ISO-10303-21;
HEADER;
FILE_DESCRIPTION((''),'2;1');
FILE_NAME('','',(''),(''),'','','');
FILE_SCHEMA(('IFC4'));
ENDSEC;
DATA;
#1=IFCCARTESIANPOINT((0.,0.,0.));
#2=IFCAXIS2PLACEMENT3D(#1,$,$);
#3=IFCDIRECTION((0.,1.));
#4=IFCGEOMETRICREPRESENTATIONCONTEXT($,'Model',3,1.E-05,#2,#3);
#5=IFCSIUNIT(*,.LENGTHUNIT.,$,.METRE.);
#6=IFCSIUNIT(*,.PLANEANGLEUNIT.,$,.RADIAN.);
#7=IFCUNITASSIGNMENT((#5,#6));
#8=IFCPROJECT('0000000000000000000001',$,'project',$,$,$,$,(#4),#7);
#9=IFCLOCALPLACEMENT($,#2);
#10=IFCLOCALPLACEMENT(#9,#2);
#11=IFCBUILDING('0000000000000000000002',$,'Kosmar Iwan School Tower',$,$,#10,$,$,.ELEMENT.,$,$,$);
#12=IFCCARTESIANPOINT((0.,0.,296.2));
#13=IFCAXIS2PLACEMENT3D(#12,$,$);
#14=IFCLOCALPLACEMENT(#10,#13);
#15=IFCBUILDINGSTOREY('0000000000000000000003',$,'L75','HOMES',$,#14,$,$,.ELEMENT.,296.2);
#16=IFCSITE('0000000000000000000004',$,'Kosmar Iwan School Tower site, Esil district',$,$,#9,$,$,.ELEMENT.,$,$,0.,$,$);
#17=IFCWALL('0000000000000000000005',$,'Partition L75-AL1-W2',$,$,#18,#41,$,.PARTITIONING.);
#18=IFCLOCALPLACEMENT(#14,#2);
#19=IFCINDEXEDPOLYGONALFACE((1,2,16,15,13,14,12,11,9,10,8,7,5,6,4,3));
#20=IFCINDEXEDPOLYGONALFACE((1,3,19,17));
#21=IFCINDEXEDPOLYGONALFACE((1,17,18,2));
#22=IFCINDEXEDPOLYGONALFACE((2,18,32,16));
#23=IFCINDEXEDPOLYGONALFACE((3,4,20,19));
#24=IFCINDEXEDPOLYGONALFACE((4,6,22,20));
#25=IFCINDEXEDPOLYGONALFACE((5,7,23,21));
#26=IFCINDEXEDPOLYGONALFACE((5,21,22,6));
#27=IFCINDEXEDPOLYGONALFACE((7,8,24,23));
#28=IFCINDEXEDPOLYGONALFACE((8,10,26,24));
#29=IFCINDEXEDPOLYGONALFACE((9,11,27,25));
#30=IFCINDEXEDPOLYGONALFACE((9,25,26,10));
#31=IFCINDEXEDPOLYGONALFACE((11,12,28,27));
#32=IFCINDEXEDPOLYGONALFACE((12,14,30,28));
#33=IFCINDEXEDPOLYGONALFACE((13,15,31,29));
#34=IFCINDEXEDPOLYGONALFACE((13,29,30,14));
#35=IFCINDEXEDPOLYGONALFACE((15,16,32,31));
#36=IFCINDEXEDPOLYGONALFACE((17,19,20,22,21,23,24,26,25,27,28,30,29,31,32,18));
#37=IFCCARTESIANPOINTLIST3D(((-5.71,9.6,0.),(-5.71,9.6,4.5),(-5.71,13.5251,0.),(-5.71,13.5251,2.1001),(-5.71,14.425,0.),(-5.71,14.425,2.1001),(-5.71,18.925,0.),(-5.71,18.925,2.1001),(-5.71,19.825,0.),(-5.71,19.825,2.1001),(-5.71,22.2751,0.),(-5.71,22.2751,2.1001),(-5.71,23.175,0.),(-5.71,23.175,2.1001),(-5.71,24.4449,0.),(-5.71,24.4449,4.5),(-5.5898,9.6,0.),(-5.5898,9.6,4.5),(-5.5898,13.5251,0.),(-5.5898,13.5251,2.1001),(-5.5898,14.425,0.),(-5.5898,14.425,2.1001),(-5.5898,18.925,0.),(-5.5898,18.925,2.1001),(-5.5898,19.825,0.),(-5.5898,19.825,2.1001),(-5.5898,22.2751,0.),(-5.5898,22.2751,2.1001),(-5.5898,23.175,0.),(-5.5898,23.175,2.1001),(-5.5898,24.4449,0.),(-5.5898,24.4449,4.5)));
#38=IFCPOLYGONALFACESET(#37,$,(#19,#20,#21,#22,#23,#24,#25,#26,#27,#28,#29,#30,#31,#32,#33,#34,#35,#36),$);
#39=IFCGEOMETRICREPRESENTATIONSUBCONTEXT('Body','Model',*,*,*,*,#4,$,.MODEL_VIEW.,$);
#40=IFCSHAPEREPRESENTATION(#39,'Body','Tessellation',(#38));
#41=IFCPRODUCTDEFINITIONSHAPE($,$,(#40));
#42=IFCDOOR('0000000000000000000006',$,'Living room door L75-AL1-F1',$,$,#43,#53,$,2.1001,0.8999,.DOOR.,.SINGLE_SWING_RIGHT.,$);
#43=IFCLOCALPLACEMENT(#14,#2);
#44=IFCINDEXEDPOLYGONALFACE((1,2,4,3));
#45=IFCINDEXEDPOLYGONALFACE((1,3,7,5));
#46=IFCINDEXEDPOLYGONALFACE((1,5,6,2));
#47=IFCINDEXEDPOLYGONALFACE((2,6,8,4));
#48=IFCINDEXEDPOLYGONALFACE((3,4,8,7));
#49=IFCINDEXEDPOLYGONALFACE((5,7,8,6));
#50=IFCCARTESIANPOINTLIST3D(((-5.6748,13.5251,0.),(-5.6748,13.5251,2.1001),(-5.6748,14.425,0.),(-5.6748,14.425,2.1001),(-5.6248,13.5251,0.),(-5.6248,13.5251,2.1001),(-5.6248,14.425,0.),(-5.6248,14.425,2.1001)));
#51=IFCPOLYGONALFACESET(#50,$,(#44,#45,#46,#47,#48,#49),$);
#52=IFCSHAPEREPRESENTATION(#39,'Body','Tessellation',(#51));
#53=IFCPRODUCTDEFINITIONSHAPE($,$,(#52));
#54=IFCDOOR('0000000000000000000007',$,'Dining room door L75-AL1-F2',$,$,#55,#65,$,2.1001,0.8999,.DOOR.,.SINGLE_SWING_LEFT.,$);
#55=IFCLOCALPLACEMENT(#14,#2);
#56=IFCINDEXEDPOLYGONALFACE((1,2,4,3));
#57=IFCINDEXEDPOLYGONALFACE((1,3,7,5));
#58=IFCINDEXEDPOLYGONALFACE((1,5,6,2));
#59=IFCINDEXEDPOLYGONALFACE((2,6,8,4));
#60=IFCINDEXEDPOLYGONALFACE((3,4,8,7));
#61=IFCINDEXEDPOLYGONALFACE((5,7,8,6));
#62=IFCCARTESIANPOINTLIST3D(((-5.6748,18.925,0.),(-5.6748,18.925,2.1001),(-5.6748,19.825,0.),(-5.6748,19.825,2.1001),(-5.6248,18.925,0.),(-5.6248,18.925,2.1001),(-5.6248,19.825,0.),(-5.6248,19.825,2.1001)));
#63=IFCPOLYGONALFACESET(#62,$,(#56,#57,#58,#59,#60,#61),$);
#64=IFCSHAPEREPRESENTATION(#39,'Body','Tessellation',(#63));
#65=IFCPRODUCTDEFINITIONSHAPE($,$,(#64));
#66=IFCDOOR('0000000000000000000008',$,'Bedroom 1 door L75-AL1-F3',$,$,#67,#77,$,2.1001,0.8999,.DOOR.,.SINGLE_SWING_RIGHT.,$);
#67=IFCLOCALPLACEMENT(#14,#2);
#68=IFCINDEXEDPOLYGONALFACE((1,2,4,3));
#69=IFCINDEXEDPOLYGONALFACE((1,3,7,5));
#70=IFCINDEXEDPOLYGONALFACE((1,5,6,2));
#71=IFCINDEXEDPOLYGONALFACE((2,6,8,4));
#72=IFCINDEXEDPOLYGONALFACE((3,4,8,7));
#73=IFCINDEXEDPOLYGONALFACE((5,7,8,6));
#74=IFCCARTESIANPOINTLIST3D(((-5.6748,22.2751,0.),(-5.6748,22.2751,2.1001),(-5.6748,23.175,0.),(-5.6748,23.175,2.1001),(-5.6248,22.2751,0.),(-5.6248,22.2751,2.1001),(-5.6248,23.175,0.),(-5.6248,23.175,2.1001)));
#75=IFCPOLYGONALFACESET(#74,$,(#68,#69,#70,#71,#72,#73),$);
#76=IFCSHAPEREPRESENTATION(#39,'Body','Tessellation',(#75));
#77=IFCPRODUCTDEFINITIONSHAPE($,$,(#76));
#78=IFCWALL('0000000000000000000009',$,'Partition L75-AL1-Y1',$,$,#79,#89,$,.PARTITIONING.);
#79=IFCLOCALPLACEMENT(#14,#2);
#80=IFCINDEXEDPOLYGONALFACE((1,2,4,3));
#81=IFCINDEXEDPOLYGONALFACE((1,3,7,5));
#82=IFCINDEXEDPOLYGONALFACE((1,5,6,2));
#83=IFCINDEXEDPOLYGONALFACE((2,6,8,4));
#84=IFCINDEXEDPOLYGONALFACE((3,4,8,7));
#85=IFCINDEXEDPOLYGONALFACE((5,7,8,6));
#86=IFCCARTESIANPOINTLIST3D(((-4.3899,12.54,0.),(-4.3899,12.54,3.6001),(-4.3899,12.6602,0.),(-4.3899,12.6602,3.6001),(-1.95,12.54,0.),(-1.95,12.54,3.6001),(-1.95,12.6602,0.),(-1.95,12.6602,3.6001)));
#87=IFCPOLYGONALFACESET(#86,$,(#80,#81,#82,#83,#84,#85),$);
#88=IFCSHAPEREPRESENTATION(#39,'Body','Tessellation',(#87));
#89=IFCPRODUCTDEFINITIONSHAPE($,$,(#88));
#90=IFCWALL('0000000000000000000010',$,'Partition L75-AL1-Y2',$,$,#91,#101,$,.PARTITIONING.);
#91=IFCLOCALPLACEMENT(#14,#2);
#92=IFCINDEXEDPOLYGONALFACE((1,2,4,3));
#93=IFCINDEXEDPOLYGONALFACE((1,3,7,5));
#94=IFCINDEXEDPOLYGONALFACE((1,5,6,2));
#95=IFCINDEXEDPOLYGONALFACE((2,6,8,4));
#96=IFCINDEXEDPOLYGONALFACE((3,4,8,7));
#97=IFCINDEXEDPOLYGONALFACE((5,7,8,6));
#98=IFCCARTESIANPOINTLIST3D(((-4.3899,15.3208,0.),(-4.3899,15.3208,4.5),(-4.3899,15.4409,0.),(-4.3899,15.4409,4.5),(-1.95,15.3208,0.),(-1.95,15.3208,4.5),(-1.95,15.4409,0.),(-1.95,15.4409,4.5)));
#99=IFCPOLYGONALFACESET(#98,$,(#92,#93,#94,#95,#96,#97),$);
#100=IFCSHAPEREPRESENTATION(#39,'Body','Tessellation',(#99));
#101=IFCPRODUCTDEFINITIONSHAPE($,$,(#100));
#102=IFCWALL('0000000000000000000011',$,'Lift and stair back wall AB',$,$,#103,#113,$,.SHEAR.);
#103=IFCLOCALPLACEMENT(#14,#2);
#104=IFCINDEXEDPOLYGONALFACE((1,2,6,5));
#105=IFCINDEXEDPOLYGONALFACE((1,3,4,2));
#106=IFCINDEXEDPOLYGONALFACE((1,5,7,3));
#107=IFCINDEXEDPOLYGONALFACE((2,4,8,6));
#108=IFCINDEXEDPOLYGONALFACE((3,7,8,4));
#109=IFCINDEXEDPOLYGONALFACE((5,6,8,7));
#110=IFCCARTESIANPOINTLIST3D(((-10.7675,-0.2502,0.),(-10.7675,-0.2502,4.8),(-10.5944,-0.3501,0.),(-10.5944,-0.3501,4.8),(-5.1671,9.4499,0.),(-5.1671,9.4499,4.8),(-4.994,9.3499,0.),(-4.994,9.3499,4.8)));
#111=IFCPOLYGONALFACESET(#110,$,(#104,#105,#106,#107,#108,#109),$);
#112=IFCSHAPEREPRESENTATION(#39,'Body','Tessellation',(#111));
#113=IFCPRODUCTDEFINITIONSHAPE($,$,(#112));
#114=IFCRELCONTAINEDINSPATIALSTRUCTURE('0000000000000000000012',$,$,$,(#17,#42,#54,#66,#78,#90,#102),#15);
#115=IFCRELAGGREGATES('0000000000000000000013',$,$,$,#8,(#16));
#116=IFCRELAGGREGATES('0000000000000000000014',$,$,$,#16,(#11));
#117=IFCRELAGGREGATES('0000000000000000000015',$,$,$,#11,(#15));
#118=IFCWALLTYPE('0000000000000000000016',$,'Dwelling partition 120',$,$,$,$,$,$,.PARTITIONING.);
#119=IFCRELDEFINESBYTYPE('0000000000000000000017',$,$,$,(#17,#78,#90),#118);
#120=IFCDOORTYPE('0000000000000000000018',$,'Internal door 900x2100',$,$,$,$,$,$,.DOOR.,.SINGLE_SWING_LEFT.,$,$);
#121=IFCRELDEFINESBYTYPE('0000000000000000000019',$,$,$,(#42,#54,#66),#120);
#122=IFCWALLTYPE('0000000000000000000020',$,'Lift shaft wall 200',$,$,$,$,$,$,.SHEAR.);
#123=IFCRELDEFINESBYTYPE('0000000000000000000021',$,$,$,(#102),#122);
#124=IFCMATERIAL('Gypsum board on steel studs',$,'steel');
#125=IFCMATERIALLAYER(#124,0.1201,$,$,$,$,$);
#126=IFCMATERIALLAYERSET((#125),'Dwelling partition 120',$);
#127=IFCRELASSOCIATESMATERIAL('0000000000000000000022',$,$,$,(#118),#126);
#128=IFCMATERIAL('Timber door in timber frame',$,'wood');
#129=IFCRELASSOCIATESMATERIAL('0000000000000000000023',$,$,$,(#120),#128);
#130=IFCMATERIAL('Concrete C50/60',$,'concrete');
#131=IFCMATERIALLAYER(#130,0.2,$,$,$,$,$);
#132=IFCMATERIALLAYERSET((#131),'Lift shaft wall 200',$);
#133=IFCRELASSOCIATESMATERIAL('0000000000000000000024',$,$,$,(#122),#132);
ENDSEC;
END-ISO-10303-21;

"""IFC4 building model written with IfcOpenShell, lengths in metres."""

from ifc_helpers import new_model, si_unit, direction, frame, frame_2d, origin, place, context, subcontext, project, spatial, rectangle, extrude, material, layer, layer_set, type_object, element, fill, save


model = new_model("IFC4")

# Units and contexts
model_context = context("Model", 3, precision=1e-05, world=origin(), true_north=direction((0.0, 1.0)))
body_context = subcontext(model_context, "Body", "Model", "MODEL_VIEW")
ifc_project = project(units=[si_unit("LENGTHUNIT", "METRE"), si_unit("PLANEANGLEUNIT", "RADIAN")], contexts=[model_context])

# Site, building, storey
site_placement = place(None, origin())
site = spatial("IfcSite", under=ifc_project, at=site_placement, Name="Kosmar Iwan School Tower site, Esil district", CompositionType="ELEMENT", RefElevation=0.0)
building_placement = place(site_placement, origin())
building = spatial("IfcBuilding", under=site, at=building_placement, Name="Kosmar Iwan School Tower", CompositionType="ELEMENT")
storey_placement = place(building_placement, frame((0.0, 0.0, 296.2)))
storey = spatial("IfcBuildingStorey", under=building, at=storey_placement, Name="L75", Description="HOMES", CompositionType="ELEMENT", Elevation=296.2)

# Wall, openings, doors
ifc_material_1 = material(Name="Gypsum board on steel studs", Category="steel")
ifc_layer_1 = layer(ifc_material_1, 0.1201)
ifc_layer_set_1 = layer_set([ifc_layer_1], Name="Dwelling partition 120")
wall_type_1 = type_object("IfcWallType", Name="Dwelling partition 120", PredefinedType="PARTITIONING", material=ifc_layer_set_1)
ifc_material_2 = material(Name="Timber door in timber frame", Category="wood")
door_type_1 = type_object("IfcDoorType", Name="Internal door 900x2100", OperationType="SINGLE_SWING_LEFT", PredefinedType="DOOR", material=ifc_material_2)
wall_1_placement = place(storey_placement, frame((-5.6499, 9.6001, 0.0), z_axis=(0.0, 0.0, 1.0), x_axis=(0.0, 1.0, 0.0)))
wall_1 = element("IfcWall", 1, at=wall_1_placement, inside=storey, type_object=wall_type_1, Name="Partition L75-AL1-W2", PredefinedType="PARTITIONING", context=body_context, shape_type="SweptSolid", body=[
    extrude(rectangle(XDim=14.845, YDim=0.1201, at=frame_2d((7.4224, 0.0))), origin(), (0.0, 0.0, 1.0), 4.5),
])
opening_1_placement = place(wall_1_placement, frame((3.925, 0.0, 0.0)))
opening_1 = element("IfcOpeningElement", 2, at=opening_1_placement, cuts=wall_1, PredefinedType="OPENING", context=body_context, shape_type="SweptSolid", body=[
    extrude(rectangle(XDim=0.8999, YDim=2.1001, at=frame_2d((0.45, 1.05))), frame((0.0, 0.072, 0.0), z_axis=(0.0, -1.0, 0.0), x_axis=(1.0, 0.0, 0.0)), (0.0, 0.0, 1.0), 0.144),
])
opening_2_placement = place(wall_1_placement, frame((9.325, 0.0, 0.0)))
opening_2 = element("IfcOpeningElement", 3, at=opening_2_placement, cuts=wall_1, PredefinedType="OPENING", context=body_context, shape_type="SweptSolid", body=[
    extrude(rectangle(XDim=0.8999, YDim=2.1001, at=frame_2d((0.45, 1.05))), frame((0.0, 0.072, 0.0), z_axis=(0.0, -1.0, 0.0), x_axis=(1.0, 0.0, 0.0)), (0.0, 0.0, 1.0), 0.144),
])
opening_3_placement = place(wall_1_placement, frame((12.675, 0.0, 0.0)))
opening_3 = element("IfcOpeningElement", 4, at=opening_3_placement, cuts=wall_1, PredefinedType="OPENING", context=body_context, shape_type="SweptSolid", body=[
    extrude(rectangle(XDim=0.8999, YDim=2.1001, at=frame_2d((0.45, 1.05))), frame((0.0, 0.072, 0.0), z_axis=(0.0, -1.0, 0.0), x_axis=(1.0, 0.0, 0.0)), (0.0, 0.0, 1.0), 0.144),
])
door_1_placement = place(opening_1_placement, origin())
door_1 = element("IfcDoor", 5, at=door_1_placement, inside=storey, type_object=door_type_1, Name="Living room door L75-AL1-F1", OperationType="SINGLE_SWING_RIGHT", OverallHeight=2.1001, OverallWidth=0.8999, PredefinedType="DOOR", context=body_context, shape_type="SweptSolid", body=[
    extrude(rectangle(XDim=0.8999, YDim=2.1001, at=frame_2d((0.45, 1.05))), frame((0.0, 0.0249, 0.0), z_axis=(0.0, -1.0, 0.0), x_axis=(1.0, 0.0, 0.0)), (0.0, 0.0, 1.0), 0.05),
])
fill(opening_1, door_1)
door_2_placement = place(opening_2_placement, origin())
door_2 = element("IfcDoor", 6, at=door_2_placement, inside=storey, type_object=door_type_1, Name="Dining room door L75-AL1-F2", OperationType="SINGLE_SWING_LEFT", OverallHeight=2.1001, OverallWidth=0.8999, PredefinedType="DOOR", context=body_context, shape_type="SweptSolid", body=[
    extrude(rectangle(XDim=0.8999, YDim=2.1001, at=frame_2d((0.45, 1.05))), frame((0.0, 0.0249, 0.0), z_axis=(0.0, -1.0, 0.0), x_axis=(1.0, 0.0, 0.0)), (0.0, 0.0, 1.0), 0.05),
])
fill(opening_2, door_2)
door_3_placement = place(opening_3_placement, origin())
door_3 = element("IfcDoor", 7, at=door_3_placement, inside=storey, type_object=door_type_1, Name="Bedroom 1 door L75-AL1-F3", OperationType="SINGLE_SWING_RIGHT", OverallHeight=2.1001, OverallWidth=0.8999, PredefinedType="DOOR", context=body_context, shape_type="SweptSolid", body=[
    extrude(rectangle(XDim=0.8999, YDim=2.1001, at=frame_2d((0.45, 1.05))), frame((0.0, 0.0249, 0.0), z_axis=(0.0, -1.0, 0.0), x_axis=(1.0, 0.0, 0.0)), (0.0, 0.0, 1.0), 0.05),
])
fill(opening_3, door_3)

# Walls
wall_2_placement = place(storey_placement, frame((-1.95, 12.6001, 0.0), z_axis=(0.0, 0.0, 1.0), x_axis=(-1.0, 0.0, 0.0)))
element("IfcWall", 8, at=wall_2_placement, inside=storey, type_object=wall_type_1, Name="Partition L75-AL1-Y1", PredefinedType="PARTITIONING", context=body_context, shape_type="SweptSolid", body=[
    extrude(rectangle(XDim=2.4399, YDim=0.1201, at=frame_2d((1.22, 0.0))), origin(), (0.0, 0.0, 1.0), 3.6001),
])
wall_3_placement = place(storey_placement, frame((-1.95, 15.3809, 0.0), z_axis=(0.0, 0.0, 1.0), x_axis=(-1.0, 0.0, 0.0)))
element("IfcWall", 9, at=wall_3_placement, inside=storey, type_object=wall_type_1, Name="Partition L75-AL1-Y2", PredefinedType="PARTITIONING", context=body_context, shape_type="SweptSolid", body=[
    extrude(rectangle(XDim=2.4399, YDim=0.1201, at=frame_2d((1.22, 0.0))), origin(), (0.0, 0.0, 1.0), 4.5),
])
ifc_material_3 = material(Name="Concrete C50/60", Category="concrete")
ifc_layer_2 = layer(ifc_material_3, 0.2)
ifc_layer_set_2 = layer_set([ifc_layer_2], Name="Lift shaft wall 200")
wall_type_2 = type_object("IfcWallType", Name="Lift shaft wall 200", PredefinedType="SHEAR", material=ifc_layer_set_2)
wall_4_placement = place(storey_placement, frame((-5.0806, 9.3999, 0.0), z_axis=(0.0, 0.0, 1.0), x_axis=(-0.500005, -0.866023, 0.0)))
element("IfcWall", 10, at=wall_4_placement, inside=storey, type_object=wall_type_2, Name="Lift and stair back wall AB", PredefinedType="SHEAR", context=body_context, shape_type="SweptSolid", body=[
    extrude(rectangle(XDim=11.2007, YDim=0.2, at=frame_2d((5.6003, 0.0))), origin(), (0.0, 0.0, 1.0), 4.8),
])

save(model, "model.ifc")
